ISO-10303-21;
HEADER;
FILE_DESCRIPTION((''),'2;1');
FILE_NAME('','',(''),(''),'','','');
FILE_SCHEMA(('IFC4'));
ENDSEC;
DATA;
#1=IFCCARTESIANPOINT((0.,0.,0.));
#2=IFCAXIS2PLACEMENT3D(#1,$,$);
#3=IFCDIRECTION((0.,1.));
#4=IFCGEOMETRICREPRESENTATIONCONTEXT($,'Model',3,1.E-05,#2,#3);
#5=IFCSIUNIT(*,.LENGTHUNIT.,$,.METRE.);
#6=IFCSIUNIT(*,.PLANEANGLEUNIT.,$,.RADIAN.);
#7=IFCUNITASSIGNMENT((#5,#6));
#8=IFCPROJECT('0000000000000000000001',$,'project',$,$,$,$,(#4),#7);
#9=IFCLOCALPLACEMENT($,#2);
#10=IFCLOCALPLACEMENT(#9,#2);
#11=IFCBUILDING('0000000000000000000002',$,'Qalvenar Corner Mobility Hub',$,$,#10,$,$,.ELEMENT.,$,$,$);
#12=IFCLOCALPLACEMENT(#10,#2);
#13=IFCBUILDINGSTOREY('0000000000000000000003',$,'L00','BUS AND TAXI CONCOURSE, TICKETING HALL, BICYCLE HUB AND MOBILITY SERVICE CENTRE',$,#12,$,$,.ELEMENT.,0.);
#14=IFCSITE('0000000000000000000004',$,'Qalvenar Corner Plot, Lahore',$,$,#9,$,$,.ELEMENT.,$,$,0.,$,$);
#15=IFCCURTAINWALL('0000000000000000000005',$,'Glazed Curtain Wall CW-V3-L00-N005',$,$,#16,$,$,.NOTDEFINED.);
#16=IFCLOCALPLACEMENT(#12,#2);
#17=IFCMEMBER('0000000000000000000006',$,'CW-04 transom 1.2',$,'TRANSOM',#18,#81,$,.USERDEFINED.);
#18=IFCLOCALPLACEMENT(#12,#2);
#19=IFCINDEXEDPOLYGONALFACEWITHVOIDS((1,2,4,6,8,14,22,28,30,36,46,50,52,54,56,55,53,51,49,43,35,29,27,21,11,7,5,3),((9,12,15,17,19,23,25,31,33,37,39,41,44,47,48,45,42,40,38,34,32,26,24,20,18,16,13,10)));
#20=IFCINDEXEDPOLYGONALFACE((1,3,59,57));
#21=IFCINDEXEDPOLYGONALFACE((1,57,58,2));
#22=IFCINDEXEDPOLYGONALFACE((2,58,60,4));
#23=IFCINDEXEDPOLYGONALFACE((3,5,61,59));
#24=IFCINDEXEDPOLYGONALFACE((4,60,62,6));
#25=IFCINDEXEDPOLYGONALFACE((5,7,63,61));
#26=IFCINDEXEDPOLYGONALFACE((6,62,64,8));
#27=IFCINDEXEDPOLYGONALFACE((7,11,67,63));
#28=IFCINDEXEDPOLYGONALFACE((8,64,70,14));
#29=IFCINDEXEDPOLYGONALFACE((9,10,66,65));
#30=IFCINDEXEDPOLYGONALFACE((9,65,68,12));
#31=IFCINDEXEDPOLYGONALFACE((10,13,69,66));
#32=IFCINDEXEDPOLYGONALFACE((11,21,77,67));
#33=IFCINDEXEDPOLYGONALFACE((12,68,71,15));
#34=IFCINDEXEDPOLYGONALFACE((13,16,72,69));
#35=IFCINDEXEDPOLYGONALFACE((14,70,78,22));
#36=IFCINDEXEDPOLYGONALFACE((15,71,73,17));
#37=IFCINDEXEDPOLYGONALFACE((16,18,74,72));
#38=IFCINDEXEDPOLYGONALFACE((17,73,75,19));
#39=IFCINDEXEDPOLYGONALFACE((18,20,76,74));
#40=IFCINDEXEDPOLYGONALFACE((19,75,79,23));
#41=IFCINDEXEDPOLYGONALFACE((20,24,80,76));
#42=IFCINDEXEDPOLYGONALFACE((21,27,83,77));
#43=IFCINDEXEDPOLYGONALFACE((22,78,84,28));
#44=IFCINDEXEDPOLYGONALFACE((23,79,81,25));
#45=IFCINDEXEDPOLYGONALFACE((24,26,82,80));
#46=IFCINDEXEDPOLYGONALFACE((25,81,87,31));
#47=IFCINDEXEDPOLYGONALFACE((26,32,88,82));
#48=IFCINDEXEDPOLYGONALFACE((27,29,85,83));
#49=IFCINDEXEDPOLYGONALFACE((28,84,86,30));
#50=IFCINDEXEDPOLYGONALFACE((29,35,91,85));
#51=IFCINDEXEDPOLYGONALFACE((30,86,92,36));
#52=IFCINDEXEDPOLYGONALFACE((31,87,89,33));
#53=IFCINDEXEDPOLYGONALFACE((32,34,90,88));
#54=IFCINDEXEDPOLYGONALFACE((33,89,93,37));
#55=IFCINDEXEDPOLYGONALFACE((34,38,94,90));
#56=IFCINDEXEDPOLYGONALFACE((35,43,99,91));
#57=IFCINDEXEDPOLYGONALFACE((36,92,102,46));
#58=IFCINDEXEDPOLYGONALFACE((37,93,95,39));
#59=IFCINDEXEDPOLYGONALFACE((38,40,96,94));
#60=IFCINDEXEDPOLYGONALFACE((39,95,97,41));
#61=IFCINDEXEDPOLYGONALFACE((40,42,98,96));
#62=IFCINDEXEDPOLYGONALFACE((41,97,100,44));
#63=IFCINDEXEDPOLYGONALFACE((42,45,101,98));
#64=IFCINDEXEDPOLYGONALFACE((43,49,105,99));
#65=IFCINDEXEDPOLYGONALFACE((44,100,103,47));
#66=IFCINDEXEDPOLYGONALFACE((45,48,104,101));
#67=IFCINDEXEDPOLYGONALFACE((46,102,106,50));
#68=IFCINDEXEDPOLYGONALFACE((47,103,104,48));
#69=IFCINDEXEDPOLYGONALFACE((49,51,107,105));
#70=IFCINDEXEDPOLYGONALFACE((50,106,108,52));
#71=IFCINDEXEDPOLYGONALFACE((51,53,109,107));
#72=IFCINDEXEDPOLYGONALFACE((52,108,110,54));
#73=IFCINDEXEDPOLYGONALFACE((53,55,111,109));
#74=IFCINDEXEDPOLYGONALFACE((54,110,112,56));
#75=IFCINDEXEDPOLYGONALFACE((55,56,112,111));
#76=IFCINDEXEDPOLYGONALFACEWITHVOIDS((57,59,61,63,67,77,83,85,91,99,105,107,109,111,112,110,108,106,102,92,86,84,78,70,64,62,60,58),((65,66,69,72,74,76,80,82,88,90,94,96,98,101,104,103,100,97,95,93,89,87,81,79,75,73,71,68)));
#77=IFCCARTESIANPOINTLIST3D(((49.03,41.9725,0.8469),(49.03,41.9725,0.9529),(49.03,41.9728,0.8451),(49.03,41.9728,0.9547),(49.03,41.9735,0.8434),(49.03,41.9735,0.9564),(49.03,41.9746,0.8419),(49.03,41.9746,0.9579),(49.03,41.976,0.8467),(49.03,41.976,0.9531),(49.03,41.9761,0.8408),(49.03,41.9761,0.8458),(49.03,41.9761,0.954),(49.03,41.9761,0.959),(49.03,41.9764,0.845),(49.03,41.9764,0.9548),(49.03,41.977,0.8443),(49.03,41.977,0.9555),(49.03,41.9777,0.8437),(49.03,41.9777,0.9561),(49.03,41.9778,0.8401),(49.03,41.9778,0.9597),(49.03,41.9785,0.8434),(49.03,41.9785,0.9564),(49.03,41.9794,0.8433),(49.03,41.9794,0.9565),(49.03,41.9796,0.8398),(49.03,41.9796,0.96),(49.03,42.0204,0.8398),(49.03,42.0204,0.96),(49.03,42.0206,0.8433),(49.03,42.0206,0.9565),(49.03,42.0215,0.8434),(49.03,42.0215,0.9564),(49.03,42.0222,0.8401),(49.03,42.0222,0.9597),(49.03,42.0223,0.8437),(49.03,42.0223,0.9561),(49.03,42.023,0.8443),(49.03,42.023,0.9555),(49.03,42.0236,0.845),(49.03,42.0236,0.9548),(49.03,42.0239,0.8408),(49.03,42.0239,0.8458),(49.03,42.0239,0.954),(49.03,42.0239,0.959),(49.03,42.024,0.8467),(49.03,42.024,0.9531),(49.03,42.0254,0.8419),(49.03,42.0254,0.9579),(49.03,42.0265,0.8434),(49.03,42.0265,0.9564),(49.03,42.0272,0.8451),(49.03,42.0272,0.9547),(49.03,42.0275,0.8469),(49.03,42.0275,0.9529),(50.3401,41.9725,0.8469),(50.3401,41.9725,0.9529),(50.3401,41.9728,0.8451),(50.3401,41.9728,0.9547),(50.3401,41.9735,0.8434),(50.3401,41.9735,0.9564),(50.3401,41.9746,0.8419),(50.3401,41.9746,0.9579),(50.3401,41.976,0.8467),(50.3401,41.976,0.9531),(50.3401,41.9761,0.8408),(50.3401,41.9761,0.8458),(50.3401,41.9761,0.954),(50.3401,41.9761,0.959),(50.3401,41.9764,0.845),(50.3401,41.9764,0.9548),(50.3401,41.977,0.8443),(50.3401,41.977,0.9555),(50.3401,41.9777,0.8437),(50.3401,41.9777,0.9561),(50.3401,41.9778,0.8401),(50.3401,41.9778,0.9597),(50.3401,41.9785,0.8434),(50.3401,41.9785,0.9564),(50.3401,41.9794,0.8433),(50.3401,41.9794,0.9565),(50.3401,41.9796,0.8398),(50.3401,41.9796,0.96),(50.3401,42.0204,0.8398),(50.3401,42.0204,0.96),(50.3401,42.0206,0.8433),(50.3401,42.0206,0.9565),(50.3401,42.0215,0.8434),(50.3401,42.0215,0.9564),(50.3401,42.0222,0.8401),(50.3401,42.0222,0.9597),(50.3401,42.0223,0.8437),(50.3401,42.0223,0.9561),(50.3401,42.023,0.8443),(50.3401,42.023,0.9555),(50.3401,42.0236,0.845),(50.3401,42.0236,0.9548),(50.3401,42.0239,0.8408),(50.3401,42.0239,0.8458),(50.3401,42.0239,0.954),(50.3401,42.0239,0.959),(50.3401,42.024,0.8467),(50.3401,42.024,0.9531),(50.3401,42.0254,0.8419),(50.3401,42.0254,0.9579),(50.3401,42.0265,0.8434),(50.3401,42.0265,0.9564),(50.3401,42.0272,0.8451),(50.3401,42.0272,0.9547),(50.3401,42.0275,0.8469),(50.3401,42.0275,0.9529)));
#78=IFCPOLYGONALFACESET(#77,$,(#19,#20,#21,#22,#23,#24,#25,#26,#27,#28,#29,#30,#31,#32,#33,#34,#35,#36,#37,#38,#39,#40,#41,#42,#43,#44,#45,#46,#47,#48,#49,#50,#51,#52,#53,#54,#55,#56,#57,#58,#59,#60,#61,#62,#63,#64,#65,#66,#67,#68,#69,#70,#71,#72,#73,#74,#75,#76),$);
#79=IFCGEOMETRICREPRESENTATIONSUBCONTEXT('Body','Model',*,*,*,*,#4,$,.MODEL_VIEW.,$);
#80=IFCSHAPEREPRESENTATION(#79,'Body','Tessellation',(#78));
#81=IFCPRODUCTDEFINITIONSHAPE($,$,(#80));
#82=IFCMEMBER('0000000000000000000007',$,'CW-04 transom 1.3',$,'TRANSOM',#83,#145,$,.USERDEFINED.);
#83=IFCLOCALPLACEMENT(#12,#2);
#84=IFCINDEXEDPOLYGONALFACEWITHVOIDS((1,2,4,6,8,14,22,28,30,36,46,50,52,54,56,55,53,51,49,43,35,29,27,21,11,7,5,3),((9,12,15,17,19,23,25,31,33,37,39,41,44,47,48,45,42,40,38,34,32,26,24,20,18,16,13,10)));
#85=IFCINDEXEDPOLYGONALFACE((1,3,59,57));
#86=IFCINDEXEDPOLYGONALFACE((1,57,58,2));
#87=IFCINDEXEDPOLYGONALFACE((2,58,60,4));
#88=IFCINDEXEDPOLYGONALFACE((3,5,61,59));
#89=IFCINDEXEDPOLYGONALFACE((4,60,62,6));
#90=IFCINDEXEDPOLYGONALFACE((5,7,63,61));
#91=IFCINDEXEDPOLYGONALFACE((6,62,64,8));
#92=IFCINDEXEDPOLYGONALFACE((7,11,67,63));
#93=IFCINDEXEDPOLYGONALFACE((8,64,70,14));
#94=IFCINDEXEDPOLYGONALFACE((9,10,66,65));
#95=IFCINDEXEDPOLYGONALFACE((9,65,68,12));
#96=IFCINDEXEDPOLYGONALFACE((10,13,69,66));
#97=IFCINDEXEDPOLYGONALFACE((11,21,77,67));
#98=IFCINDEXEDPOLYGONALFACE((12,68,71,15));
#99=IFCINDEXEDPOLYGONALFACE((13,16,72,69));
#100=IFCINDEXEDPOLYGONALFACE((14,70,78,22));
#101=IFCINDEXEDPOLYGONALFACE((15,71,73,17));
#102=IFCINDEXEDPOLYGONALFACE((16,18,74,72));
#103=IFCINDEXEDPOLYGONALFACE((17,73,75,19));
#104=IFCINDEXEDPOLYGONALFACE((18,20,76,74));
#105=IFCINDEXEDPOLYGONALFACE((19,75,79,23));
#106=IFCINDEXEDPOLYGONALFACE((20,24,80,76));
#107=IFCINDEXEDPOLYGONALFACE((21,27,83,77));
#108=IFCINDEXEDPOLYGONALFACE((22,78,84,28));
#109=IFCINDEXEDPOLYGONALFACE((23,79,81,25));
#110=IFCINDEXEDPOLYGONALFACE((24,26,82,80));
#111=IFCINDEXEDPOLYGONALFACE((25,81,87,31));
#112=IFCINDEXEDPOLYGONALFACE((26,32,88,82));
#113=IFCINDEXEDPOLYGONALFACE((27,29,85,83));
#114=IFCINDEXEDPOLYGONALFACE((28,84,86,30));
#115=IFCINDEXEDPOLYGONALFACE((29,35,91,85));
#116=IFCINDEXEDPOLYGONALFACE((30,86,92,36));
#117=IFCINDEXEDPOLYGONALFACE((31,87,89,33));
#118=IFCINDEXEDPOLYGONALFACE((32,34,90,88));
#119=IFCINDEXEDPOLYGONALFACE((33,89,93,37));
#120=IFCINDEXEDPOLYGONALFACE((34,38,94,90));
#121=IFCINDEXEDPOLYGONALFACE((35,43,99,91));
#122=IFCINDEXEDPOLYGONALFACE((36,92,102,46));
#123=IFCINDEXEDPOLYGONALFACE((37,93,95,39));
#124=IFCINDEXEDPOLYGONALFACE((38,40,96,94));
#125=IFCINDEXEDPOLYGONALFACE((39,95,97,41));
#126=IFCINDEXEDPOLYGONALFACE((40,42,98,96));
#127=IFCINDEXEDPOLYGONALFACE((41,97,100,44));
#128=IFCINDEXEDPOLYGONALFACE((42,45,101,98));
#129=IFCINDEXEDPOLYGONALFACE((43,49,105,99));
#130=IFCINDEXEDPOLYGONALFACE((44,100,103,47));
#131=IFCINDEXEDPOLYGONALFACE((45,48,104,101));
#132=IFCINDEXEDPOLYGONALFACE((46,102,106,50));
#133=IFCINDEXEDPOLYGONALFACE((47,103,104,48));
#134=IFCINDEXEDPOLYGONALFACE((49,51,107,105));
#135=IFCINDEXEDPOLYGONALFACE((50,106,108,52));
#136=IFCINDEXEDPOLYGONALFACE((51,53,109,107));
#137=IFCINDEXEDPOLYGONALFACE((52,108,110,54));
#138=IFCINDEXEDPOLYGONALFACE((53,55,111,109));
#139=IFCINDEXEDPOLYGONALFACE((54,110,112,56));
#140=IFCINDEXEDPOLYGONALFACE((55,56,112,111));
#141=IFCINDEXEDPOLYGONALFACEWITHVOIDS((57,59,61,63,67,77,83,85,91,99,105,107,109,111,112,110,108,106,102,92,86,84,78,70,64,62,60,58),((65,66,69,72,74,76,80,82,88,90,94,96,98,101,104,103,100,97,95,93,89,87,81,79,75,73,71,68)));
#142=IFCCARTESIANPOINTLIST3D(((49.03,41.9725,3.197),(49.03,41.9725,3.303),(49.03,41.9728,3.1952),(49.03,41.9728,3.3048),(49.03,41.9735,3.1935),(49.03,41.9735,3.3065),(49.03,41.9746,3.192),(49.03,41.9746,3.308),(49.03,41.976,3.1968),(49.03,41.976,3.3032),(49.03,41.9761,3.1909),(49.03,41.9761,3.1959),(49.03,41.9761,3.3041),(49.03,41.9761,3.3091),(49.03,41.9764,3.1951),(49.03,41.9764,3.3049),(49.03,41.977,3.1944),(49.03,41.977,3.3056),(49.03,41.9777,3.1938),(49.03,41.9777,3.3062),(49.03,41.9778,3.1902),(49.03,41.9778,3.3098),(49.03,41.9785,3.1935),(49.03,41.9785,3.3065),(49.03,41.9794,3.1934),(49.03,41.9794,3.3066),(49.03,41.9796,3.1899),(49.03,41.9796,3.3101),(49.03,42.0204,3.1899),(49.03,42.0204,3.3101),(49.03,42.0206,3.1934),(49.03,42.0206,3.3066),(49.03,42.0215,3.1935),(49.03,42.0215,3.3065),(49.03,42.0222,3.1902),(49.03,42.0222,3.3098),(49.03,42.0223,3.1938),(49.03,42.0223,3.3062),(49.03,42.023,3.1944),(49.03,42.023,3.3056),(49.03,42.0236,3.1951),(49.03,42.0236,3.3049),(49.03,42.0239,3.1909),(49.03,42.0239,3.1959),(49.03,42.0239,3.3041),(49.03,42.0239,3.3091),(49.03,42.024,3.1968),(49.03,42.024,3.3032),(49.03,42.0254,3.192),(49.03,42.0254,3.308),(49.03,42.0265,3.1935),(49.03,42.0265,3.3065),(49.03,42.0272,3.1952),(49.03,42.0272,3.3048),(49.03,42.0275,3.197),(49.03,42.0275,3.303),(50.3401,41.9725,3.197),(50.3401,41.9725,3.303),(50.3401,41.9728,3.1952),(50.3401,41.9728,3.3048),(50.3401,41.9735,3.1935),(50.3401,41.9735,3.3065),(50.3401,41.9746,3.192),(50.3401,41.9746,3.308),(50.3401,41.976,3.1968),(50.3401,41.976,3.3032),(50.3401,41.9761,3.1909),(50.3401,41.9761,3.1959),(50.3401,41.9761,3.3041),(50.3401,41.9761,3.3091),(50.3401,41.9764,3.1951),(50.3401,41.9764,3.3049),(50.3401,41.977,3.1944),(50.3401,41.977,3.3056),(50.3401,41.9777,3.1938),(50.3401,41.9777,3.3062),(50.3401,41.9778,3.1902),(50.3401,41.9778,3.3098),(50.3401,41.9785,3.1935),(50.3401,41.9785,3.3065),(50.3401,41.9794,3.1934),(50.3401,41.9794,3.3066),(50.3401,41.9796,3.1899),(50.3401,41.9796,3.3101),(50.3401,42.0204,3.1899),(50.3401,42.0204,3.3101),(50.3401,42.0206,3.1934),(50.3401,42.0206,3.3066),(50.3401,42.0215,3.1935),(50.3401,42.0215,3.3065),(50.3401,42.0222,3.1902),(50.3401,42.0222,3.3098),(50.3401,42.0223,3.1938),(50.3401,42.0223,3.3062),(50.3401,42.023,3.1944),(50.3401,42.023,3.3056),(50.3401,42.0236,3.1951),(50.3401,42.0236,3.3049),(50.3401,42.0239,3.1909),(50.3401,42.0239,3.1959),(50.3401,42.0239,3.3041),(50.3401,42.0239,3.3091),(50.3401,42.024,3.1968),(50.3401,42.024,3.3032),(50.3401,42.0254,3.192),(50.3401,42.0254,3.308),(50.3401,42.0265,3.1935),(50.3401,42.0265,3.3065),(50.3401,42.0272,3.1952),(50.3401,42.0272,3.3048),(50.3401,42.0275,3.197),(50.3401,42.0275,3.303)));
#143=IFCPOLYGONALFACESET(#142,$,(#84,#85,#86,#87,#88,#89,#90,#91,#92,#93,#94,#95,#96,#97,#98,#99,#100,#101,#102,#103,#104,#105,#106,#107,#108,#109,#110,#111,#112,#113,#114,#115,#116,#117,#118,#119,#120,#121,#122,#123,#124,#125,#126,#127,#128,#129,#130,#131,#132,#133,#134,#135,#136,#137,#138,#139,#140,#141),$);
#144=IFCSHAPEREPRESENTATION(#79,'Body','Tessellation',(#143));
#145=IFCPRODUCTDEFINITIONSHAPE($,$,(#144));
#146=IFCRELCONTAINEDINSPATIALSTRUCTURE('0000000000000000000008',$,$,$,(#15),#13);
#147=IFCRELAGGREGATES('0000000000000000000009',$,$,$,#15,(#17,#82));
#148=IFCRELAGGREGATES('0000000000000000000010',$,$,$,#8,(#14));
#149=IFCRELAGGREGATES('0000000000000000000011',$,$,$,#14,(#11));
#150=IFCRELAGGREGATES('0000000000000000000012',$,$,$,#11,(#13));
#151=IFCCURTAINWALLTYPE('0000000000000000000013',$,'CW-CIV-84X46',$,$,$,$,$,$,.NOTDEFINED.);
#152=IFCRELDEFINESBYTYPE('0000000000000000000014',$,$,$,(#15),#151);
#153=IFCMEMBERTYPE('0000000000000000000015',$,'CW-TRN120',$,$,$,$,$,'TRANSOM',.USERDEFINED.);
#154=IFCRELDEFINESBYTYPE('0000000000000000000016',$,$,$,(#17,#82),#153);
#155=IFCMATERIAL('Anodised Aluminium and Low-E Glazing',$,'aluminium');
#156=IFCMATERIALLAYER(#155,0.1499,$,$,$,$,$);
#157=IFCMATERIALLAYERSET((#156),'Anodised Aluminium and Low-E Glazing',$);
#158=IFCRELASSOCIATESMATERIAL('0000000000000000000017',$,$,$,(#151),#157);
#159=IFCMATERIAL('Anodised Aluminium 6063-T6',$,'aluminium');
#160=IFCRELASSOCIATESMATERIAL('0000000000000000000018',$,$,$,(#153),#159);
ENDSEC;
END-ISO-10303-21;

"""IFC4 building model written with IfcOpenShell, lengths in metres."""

from ifc_helpers import new_model, si_unit, direction, frame, origin, origin_2d, place, context, subcontext, project, spatial, hollow_rectangle, extrude, material, layer, layer_set, material_profile, profile_set, type_object, element, aggregate, save


model = new_model("IFC4")

# Units and contexts
model_context = context("Model", 3, precision=1e-05, world=origin(), true_north=direction((0.0, 1.0)))
body_context = subcontext(model_context, "Body", "Model", "MODEL_VIEW")
ifc_project = project(units=[si_unit("LENGTHUNIT", "METRE"), si_unit("PLANEANGLEUNIT", "RADIAN")], contexts=[model_context])

# Site, building, storey
site_placement = place(None, origin())
site = spatial("IfcSite", under=ifc_project, at=site_placement, Name="Qalvenar Corner Plot, Lahore", CompositionType="ELEMENT", RefElevation=0.0)
building_placement = place(site_placement, origin())
building = spatial("IfcBuilding", under=site, at=building_placement, Name="Qalvenar Corner Mobility Hub", CompositionType="ELEMENT")
storey_placement = place(building_placement, origin())
storey = spatial("IfcBuildingStorey", under=building, at=storey_placement, Name="L00", Description="BUS AND TAXI CONCOURSE, TICKETING HALL, BICYCLE HUB AND MOBILITY SERVICE CENTRE", CompositionType="ELEMENT", Elevation=0.0)

# Curtain wall, members
ifc_material_1 = material(Name="Anodised Aluminium and Low-E Glazing", Category="aluminium")
ifc_layer_1 = layer(ifc_material_1, 0.1499)
ifc_layer_set_1 = layer_set([ifc_layer_1], Name="Anodised Aluminium and Low-E Glazing")
curtain_wall_type = type_object("IfcCurtainWallType", Name="CW-CIV-84X46", PredefinedType="NOTDEFINED", material=ifc_layer_set_1)
curtain_wall_placement = place(storey_placement, origin())
curtain_wall = element("IfcCurtainWall", 1, at=curtain_wall_placement, inside=storey, type_object=curtain_wall_type, Name="Glazed Curtain Wall CW-V3-L00-N005", PredefinedType="NOTDEFINED")
ifc_material_2 = material(Name="Anodised Aluminium 6063-T6", Category="aluminium")
ifc_material_profile_1 = material_profile(ifc_material_2, hollow_rectangle(XDim=0.0549, YDim=0.1201, WallThickness=0.0034, InnerFilletRadius=0.0034, OuterFilletRadius=0.0071, at=origin_2d()), Name="RHS120x55x3.5")
ifc_profile_set_1 = profile_set([ifc_material_profile_1], Name="Anodised Aluminium 6063-T6")
member_type_1 = type_object("IfcMemberType", Name="CW-TRN120", ElementType="TRANSOM", PredefinedType="USERDEFINED", material=ifc_profile_set_1)
member_1_placement = place(storey_placement, frame((50.3401, 42.0, 0.8999), z_axis=(-1.0, 0.0, 0.0), x_axis=(0.0, -1.0, 0.0)))
member_1 = element("IfcMember", 2, at=member_1_placement, type_object=member_type_1, Name="CW-04 transom 1.2", ObjectType="TRANSOM", PredefinedType="USERDEFINED", context=body_context, shape_type="SweptSolid", body=[
    extrude(hollow_rectangle(XDim=0.0549, YDim=0.1201, WallThickness=0.0034, InnerFilletRadius=0.0034, OuterFilletRadius=0.0071, at=origin_2d()), origin(), (0.0, 0.0, 1.0), 1.3101),
])
member_2_placement = place(storey_placement, frame((50.3401, 42.0, 3.25), z_axis=(-1.0, 0.0, 0.0), x_axis=(0.0, -1.0, 0.0)))
member_2 = element("IfcMember", 3, at=member_2_placement, type_object=member_type_1, Name="CW-04 transom 1.3", ObjectType="TRANSOM", PredefinedType="USERDEFINED", context=body_context, shape_type="SweptSolid", body=[
    extrude(hollow_rectangle(XDim=0.0549, YDim=0.1201, WallThickness=0.0034, InnerFilletRadius=0.0034, OuterFilletRadius=0.0071, at=origin_2d()), origin(), (0.0, 0.0, 1.0), 1.3101),
])
aggregate(curtain_wall, [member_1, member_2])

save(model, "model.ifc")
